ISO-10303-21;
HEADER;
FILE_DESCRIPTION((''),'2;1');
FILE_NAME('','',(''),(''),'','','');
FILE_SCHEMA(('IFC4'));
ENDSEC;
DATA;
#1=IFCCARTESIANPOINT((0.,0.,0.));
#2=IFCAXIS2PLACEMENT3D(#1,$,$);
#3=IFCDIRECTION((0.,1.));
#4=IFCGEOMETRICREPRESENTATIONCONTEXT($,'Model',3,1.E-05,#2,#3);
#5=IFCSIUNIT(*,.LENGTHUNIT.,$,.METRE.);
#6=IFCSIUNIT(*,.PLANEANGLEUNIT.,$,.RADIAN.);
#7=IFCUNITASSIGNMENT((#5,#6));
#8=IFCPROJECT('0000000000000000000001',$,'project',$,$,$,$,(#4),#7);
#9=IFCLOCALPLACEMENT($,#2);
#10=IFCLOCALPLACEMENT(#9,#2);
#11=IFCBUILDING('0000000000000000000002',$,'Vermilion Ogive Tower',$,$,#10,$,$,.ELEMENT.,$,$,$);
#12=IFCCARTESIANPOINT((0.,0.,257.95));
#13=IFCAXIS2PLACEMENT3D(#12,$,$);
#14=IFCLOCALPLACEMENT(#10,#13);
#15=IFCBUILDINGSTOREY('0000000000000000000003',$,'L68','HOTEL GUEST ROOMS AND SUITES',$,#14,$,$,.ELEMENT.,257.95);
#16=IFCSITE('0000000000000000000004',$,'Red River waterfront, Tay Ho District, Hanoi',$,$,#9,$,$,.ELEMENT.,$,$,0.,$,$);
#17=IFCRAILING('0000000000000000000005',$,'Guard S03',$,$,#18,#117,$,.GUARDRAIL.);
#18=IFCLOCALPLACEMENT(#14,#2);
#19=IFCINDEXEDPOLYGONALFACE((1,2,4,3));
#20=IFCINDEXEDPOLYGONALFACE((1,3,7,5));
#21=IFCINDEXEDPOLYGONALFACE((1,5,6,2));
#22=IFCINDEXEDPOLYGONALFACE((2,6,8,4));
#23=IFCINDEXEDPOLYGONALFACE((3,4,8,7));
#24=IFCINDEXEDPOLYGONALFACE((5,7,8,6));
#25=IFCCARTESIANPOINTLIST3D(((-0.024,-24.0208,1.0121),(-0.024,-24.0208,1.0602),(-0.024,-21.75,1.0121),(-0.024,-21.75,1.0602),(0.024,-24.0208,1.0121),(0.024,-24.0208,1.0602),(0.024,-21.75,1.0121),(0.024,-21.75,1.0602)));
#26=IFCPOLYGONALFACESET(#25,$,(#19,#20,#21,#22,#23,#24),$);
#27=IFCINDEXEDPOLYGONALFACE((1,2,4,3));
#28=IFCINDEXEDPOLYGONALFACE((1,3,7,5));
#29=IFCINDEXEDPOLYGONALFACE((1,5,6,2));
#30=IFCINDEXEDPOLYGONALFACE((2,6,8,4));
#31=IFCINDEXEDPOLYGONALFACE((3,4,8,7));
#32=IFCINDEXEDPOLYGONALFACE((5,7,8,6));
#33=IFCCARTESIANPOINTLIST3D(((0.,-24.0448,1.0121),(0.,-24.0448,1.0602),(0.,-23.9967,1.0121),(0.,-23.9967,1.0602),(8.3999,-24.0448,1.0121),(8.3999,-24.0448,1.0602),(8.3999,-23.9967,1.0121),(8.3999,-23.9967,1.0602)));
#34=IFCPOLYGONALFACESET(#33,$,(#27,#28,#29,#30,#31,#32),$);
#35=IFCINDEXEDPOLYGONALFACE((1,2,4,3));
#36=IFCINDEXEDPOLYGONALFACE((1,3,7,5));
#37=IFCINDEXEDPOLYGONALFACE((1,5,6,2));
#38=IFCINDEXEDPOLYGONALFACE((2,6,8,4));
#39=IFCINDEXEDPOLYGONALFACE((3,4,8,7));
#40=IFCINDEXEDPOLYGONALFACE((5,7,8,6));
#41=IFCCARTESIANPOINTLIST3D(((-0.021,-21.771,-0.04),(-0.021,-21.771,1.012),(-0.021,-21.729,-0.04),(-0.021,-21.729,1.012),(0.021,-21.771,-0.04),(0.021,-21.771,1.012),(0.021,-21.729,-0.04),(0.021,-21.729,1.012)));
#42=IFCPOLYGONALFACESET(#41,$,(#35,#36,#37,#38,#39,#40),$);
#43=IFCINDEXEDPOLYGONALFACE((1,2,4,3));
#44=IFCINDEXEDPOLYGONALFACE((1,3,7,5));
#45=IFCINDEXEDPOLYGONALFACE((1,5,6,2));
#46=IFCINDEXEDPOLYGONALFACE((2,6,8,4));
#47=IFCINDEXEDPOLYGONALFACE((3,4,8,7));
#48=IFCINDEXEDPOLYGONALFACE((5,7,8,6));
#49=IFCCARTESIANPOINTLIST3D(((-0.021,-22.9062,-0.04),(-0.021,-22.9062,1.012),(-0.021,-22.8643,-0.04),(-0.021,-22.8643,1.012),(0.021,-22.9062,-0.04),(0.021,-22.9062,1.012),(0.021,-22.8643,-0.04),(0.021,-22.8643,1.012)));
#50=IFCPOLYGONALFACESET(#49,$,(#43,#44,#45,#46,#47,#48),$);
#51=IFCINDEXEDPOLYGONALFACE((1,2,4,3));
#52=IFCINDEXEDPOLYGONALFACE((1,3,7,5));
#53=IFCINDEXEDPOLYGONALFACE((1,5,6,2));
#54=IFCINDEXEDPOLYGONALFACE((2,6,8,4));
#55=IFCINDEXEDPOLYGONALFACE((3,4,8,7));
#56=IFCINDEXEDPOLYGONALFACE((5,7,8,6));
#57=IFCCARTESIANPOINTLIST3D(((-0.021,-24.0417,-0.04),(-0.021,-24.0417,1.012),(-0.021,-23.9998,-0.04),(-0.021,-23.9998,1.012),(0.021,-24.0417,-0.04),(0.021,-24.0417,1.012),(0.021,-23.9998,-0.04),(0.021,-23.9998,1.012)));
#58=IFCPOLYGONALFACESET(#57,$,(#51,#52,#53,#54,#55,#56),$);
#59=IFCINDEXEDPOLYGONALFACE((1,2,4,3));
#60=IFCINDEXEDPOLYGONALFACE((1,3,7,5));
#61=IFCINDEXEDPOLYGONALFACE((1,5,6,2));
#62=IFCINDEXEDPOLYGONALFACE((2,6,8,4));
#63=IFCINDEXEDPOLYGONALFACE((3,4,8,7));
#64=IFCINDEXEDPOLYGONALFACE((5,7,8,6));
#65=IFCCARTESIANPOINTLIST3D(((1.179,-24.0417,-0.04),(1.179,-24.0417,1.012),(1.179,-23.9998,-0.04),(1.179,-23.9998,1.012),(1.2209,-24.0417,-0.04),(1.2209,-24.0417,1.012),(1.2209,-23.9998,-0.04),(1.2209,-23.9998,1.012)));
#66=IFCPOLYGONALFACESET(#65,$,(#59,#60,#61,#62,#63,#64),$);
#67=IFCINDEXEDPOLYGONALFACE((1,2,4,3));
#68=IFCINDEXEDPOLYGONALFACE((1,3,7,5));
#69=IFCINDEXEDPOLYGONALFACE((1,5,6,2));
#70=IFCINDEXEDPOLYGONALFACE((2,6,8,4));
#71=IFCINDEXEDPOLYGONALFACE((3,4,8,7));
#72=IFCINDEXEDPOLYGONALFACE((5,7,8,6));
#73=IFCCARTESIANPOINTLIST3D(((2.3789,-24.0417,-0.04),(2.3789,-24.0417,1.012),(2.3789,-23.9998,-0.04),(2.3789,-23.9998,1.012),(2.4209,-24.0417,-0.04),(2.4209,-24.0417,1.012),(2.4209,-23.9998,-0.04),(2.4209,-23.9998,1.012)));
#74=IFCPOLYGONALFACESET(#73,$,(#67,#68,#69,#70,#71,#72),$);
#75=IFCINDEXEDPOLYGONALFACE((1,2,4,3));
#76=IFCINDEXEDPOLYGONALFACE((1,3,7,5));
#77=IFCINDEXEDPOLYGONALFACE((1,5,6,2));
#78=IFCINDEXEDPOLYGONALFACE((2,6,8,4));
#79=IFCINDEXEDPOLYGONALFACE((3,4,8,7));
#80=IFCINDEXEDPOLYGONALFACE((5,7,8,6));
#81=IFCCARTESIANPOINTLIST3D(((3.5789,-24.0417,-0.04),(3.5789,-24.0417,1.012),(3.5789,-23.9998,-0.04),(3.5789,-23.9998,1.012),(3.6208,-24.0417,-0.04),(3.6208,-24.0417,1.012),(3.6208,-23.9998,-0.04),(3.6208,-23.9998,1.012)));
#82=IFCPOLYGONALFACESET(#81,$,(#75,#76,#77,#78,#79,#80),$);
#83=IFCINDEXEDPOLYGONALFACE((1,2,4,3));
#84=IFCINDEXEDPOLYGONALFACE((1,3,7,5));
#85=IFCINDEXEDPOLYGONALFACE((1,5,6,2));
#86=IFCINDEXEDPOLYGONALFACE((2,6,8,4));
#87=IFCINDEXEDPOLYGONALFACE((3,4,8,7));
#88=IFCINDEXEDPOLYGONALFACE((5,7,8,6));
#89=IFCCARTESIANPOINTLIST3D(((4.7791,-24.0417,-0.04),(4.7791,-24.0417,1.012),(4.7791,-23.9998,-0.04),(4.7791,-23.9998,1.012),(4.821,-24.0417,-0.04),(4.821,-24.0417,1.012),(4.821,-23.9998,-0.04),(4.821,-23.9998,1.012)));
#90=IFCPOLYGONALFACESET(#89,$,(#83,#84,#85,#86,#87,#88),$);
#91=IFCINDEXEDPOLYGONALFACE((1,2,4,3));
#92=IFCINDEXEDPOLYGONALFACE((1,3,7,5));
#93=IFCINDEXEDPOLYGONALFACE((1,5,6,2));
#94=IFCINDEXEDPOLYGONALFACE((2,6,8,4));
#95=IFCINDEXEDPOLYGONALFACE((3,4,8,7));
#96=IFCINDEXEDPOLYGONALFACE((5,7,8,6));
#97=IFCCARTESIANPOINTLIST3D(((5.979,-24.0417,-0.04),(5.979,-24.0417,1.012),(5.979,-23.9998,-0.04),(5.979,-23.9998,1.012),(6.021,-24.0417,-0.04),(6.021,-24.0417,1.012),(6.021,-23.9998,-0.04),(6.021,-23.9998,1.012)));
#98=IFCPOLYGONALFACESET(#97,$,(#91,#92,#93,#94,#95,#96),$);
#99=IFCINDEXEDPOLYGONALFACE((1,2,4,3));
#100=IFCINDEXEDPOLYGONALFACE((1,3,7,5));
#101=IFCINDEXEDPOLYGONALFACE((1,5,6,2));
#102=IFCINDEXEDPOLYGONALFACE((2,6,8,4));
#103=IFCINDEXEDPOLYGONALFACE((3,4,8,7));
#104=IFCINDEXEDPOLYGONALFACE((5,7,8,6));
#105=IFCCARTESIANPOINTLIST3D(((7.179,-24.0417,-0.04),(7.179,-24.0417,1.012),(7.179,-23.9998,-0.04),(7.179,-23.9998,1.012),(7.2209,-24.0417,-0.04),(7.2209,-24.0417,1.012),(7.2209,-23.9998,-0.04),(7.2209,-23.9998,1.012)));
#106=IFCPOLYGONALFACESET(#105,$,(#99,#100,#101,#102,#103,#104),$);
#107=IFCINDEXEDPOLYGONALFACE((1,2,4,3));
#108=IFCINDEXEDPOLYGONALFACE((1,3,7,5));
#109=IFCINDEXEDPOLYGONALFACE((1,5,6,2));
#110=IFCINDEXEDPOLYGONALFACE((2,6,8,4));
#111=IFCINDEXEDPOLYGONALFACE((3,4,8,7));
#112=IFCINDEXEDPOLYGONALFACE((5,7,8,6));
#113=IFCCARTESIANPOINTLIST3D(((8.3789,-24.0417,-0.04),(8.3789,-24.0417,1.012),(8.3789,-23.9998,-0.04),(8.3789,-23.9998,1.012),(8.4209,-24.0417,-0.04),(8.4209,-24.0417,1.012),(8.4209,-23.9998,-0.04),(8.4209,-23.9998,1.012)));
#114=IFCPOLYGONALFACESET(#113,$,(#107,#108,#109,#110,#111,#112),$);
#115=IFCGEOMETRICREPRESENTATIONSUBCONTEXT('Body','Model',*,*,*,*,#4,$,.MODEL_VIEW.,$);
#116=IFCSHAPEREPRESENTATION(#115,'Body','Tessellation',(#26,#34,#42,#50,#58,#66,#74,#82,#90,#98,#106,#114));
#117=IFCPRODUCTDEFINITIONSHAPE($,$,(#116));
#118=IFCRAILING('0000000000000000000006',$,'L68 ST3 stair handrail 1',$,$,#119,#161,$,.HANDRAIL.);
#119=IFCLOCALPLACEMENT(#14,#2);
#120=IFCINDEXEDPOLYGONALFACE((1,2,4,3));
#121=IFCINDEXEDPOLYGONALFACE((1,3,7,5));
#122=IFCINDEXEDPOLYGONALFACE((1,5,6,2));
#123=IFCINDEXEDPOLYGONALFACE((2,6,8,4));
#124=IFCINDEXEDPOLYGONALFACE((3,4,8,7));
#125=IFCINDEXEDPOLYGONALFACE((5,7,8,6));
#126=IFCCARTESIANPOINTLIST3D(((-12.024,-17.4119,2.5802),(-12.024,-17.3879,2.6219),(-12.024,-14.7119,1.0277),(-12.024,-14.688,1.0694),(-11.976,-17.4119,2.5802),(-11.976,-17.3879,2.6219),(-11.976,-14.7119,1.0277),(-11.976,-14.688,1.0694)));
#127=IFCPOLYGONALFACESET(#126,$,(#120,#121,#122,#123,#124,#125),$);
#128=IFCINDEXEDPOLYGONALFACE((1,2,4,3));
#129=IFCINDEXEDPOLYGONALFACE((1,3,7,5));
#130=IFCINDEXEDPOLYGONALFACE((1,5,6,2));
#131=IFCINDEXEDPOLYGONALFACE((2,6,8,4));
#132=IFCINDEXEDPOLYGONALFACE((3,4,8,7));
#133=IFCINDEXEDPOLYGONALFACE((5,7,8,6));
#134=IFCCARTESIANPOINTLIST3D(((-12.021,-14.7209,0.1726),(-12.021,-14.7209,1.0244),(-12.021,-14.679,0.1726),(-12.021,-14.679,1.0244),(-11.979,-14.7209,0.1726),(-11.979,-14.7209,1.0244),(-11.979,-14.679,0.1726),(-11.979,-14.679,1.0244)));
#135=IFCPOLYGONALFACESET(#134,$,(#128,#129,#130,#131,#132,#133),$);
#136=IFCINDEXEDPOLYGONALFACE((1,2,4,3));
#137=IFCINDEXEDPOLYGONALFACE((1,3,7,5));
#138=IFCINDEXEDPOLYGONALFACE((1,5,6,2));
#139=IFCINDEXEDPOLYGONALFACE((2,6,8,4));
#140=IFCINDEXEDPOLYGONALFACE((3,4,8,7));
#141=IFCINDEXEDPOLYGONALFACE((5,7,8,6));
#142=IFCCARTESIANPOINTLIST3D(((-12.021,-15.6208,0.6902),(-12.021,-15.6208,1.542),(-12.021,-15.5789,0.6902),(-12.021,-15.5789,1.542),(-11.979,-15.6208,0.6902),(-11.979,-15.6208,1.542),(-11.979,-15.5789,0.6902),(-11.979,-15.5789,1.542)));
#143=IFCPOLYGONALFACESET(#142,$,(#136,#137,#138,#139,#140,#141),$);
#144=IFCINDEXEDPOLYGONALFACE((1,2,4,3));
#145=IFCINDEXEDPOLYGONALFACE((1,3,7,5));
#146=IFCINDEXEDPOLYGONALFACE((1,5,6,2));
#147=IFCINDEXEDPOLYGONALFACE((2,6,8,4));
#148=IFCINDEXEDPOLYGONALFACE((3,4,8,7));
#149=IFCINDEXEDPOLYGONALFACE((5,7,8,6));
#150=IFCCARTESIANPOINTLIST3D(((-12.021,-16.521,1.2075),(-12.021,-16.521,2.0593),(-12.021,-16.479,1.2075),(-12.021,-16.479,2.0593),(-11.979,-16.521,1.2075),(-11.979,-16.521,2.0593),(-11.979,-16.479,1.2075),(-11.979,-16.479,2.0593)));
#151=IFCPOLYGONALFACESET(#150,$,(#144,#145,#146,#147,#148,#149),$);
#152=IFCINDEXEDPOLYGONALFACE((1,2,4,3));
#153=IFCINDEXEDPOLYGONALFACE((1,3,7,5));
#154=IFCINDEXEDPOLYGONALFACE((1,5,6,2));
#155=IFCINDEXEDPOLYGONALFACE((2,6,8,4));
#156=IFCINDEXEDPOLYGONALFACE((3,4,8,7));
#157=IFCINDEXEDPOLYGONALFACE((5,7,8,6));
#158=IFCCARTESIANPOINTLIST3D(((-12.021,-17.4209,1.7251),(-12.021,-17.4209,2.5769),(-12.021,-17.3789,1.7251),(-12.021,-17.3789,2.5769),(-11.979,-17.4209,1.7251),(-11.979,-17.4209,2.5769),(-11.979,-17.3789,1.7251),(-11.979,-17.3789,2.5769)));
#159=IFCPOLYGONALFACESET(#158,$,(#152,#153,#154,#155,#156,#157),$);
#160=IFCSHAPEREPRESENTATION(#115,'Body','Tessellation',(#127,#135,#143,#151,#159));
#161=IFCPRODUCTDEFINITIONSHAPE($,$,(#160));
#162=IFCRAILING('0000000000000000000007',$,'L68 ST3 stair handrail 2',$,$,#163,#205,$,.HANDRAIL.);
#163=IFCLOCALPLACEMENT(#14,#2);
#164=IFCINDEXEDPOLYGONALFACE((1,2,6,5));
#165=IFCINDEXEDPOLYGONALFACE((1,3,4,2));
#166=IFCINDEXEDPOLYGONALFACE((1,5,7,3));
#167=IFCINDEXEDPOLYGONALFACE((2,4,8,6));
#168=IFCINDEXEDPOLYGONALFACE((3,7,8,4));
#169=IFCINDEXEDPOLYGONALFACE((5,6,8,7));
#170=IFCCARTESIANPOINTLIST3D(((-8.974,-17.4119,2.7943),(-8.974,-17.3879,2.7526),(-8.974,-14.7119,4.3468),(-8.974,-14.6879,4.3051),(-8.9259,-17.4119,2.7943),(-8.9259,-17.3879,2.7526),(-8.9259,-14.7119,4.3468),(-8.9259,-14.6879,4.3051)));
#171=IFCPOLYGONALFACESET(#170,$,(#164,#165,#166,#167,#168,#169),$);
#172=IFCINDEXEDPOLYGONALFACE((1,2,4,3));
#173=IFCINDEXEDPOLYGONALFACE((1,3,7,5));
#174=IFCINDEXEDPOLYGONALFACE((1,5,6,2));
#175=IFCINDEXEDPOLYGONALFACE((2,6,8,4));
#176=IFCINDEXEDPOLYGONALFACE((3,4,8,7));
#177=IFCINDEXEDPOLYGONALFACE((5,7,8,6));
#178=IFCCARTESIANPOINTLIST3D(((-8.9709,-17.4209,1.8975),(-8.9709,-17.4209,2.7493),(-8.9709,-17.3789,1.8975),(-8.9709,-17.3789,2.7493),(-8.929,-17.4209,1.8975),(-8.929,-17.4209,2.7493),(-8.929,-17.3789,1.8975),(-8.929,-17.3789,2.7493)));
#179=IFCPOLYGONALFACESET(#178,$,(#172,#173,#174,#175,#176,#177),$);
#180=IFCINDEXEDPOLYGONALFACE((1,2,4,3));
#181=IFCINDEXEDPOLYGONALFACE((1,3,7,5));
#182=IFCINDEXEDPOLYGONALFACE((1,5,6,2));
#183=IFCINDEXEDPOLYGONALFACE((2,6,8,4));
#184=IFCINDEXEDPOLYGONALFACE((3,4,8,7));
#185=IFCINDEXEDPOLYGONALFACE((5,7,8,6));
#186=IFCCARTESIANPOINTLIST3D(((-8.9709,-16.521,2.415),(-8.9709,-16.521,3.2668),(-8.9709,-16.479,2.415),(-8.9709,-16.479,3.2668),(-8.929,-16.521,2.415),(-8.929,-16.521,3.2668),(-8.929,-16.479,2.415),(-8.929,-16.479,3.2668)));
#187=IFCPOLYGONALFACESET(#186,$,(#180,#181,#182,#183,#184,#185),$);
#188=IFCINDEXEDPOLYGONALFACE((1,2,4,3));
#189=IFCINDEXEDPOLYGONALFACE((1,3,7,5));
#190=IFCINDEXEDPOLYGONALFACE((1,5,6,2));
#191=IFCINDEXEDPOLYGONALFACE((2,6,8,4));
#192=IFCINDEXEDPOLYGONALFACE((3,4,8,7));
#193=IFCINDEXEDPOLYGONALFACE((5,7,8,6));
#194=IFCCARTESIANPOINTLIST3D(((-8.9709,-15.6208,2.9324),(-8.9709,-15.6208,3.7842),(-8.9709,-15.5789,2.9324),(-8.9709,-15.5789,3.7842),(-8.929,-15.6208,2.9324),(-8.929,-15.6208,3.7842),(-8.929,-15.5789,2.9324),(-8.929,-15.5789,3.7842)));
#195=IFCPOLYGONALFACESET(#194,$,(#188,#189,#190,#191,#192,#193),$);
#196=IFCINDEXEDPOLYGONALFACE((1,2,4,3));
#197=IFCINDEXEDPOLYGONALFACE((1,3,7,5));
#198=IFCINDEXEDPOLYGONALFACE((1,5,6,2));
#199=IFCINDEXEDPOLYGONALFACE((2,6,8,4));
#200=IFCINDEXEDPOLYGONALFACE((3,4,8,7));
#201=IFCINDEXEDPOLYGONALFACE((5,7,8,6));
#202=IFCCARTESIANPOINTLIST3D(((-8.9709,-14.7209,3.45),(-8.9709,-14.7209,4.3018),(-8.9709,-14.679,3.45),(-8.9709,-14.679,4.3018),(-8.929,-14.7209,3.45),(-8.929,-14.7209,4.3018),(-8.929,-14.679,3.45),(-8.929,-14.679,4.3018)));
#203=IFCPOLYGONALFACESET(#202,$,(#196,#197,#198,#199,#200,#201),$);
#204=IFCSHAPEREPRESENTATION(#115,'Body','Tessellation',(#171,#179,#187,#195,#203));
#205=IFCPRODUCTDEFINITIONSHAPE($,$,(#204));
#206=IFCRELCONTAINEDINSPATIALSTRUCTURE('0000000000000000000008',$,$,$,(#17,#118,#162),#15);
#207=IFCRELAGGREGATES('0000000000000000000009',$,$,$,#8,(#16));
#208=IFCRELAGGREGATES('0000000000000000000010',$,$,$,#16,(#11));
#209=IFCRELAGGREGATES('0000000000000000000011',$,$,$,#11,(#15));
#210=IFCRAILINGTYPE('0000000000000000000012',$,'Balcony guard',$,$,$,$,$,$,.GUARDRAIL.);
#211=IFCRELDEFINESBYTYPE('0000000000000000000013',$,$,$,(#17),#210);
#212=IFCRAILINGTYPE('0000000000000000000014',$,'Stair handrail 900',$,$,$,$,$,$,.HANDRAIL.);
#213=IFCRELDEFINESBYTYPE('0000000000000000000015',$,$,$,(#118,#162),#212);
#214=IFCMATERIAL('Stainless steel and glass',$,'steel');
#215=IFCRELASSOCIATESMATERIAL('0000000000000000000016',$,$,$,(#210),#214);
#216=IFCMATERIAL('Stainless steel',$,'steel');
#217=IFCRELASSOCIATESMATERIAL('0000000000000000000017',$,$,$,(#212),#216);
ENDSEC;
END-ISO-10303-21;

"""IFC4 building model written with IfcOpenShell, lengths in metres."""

from ifc_helpers import new_model, si_unit, direction, frame, origin, origin_2d, place, context, subcontext, project, spatial, rectangle, extrude, material, type_object, element, save


model = new_model("IFC4")

# Units and contexts
model_context = context("Model", 3, precision=1e-05, world=origin(), true_north=direction((0.0, 1.0)))
body_context = subcontext(model_context, "Body", "Model", "MODEL_VIEW")
ifc_project = project(units=[si_unit("LENGTHUNIT", "METRE"), si_unit("PLANEANGLEUNIT", "RADIAN")], contexts=[model_context])

# Site, building, storey
site_placement = place(None, origin())
site = spatial("IfcSite", under=ifc_project, at=site_placement, Name="Red River waterfront, Tay Ho District, Hanoi", CompositionType="ELEMENT", RefElevation=0.0)
building_placement = place(site_placement, origin())
building = spatial("IfcBuilding", under=site, at=building_placement, Name="Vermilion Ogive Tower", CompositionType="ELEMENT")
storey_placement = place(building_placement, frame((0.0, 0.0, 257.95)))
storey = spatial("IfcBuildingStorey", under=building, at=storey_placement, Name="L68", Description="HOTEL GUEST ROOMS AND SUITES", CompositionType="ELEMENT", Elevation=257.95)

# Railings
ifc_material_1 = material(Name="Stainless steel and glass", Category="steel")
railing_type_1 = type_object("IfcRailingType", Name="Balcony guard", PredefinedType="GUARDRAIL", material=ifc_material_1)
railing_1_placement = place(storey_placement, frame((0.0, -21.75, -0.04)))
element("IfcRailing", 1, at=railing_1_placement, inside=storey, type_object=railing_type_1, Name="Guard S03", PredefinedType="GUARDRAIL", context=body_context, shape_type="SweptSolid", body=[
    extrude(rectangle(XDim=0.0481, YDim=0.0481, at=origin_2d()), frame((0.0, 0.0, 1.0762), z_axis=(0.0, -1.0, 0.0), x_axis=(1.0, 0.0, 0.0)), (0.0, 0.0, 1.0), 2.2708),
    extrude(rectangle(XDim=0.0481, YDim=0.0481, at=origin_2d()), frame((0.0, -2.2708, 1.0762), z_axis=(1.0, 0.0, 0.0), x_axis=(0.0, 1.0, 0.0)), (0.0, 0.0, 1.0), 8.3999),
    extrude(rectangle(XDim=0.042, YDim=0.042, at=origin_2d()), origin(), (0.0, 0.0, 1.0), 1.052),
    extrude(rectangle(XDim=0.042, YDim=0.042, at=origin_2d()), frame((0.0, -1.1353, 0.0)), (0.0, 0.0, 1.0), 1.052),
    extrude(rectangle(XDim=0.042, YDim=0.042, at=origin_2d()), frame((0.0, -2.2708, 0.0)), (0.0, 0.0, 1.0), 1.052),
    extrude(rectangle(XDim=0.042, YDim=0.042, at=origin_2d()), frame((1.2, -2.2708, 0.0)), (0.0, 0.0, 1.0), 1.052),
    extrude(rectangle(XDim=0.042, YDim=0.042, at=origin_2d()), frame((2.3999, -2.2708, 0.0)), (0.0, 0.0, 1.0), 1.052),
    extrude(rectangle(XDim=0.042, YDim=0.042, at=origin_2d()), frame((3.5999, -2.2708, 0.0)), (0.0, 0.0, 1.0), 1.052),
    extrude(rectangle(XDim=0.042, YDim=0.042, at=origin_2d()), frame((4.8, -2.2708, 0.0)), (0.0, 0.0, 1.0), 1.052),
    extrude(rectangle(XDim=0.042, YDim=0.042, at=origin_2d()), frame((6.0, -2.2708, 0.0)), (0.0, 0.0, 1.0), 1.052),
    extrude(rectangle(XDim=0.042, YDim=0.042, at=origin_2d()), frame((7.2, -2.2708, 0.0)), (0.0, 0.0, 1.0), 1.052),
    extrude(rectangle(XDim=0.042, YDim=0.042, at=origin_2d()), frame((8.3999, -2.2708, 0.0)), (0.0, 0.0, 1.0), 1.052),
])
ifc_material_2 = material(Name="Stainless steel", Category="steel")
railing_type_2 = type_object("IfcRailingType", Name="Stair handrail 900", PredefinedType="HANDRAIL", material=ifc_material_2)
railing_2_placement = place(storey_placement, frame((-12.0, -14.7, 0.1726)))
element("IfcRailing", 2, at=railing_2_placement, inside=storey, type_object=railing_type_2, Name="L68 ST3 stair handrail 1", PredefinedType="HANDRAIL", context=body_context, shape_type="SweptSolid", body=[
    extrude(rectangle(XDim=0.0481, YDim=0.0481, at=origin_2d()), frame((0.0, 0.0, 0.876), z_axis=(0.0, -0.866904, 0.498476), x_axis=(1.0, 0.0, 0.0)), (0.0, 0.0, 1.0), 3.1145),
    extrude(rectangle(XDim=0.042, YDim=0.042, at=origin_2d()), origin(), (0.0, 0.0, 1.0), 0.8518),
    extrude(rectangle(XDim=0.042, YDim=0.042, at=origin_2d()), frame((0.0, -0.8999, 0.5176)), (0.0, 0.0, 1.0), 0.8518),
    extrude(rectangle(XDim=0.042, YDim=0.042, at=origin_2d()), frame((0.0, -1.8, 1.0349)), (0.0, 0.0, 1.0), 0.8518),
    extrude(rectangle(XDim=0.042, YDim=0.042, at=origin_2d()), frame((0.0, -2.7, 1.5525)), (0.0, 0.0, 1.0), 0.8518),
])
railing_3_placement = place(storey_placement, frame((-8.95, -17.3999, 1.8975)))
element("IfcRailing", 3, at=railing_3_placement, inside=storey, type_object=railing_type_2, Name="L68 ST3 stair handrail 2", PredefinedType="HANDRAIL", context=body_context, shape_type="SweptSolid", body=[
    extrude(rectangle(XDim=0.0481, YDim=0.0481, at=origin_2d()), frame((0.0, 0.0, 0.876), z_axis=(0.0, 0.866904, 0.498476), x_axis=(-1.0, 0.0, 0.0)), (0.0, 0.0, 1.0), 3.1145),
    extrude(rectangle(XDim=0.042, YDim=0.042, at=origin_2d()), origin(), (0.0, 0.0, 1.0), 0.8518),
    extrude(rectangle(XDim=0.042, YDim=0.042, at=origin_2d()), frame((0.0, 0.8999, 0.5176)), (0.0, 0.0, 1.0), 0.8518),
    extrude(rectangle(XDim=0.042, YDim=0.042, at=origin_2d()), frame((0.0, 1.8, 1.0349)), (0.0, 0.0, 1.0), 0.8518),
    extrude(rectangle(XDim=0.042, YDim=0.042, at=origin_2d()), frame((0.0, 2.7, 1.5525)), (0.0, 0.0, 1.0), 0.8518),
])

save(model, "model.ifc")
